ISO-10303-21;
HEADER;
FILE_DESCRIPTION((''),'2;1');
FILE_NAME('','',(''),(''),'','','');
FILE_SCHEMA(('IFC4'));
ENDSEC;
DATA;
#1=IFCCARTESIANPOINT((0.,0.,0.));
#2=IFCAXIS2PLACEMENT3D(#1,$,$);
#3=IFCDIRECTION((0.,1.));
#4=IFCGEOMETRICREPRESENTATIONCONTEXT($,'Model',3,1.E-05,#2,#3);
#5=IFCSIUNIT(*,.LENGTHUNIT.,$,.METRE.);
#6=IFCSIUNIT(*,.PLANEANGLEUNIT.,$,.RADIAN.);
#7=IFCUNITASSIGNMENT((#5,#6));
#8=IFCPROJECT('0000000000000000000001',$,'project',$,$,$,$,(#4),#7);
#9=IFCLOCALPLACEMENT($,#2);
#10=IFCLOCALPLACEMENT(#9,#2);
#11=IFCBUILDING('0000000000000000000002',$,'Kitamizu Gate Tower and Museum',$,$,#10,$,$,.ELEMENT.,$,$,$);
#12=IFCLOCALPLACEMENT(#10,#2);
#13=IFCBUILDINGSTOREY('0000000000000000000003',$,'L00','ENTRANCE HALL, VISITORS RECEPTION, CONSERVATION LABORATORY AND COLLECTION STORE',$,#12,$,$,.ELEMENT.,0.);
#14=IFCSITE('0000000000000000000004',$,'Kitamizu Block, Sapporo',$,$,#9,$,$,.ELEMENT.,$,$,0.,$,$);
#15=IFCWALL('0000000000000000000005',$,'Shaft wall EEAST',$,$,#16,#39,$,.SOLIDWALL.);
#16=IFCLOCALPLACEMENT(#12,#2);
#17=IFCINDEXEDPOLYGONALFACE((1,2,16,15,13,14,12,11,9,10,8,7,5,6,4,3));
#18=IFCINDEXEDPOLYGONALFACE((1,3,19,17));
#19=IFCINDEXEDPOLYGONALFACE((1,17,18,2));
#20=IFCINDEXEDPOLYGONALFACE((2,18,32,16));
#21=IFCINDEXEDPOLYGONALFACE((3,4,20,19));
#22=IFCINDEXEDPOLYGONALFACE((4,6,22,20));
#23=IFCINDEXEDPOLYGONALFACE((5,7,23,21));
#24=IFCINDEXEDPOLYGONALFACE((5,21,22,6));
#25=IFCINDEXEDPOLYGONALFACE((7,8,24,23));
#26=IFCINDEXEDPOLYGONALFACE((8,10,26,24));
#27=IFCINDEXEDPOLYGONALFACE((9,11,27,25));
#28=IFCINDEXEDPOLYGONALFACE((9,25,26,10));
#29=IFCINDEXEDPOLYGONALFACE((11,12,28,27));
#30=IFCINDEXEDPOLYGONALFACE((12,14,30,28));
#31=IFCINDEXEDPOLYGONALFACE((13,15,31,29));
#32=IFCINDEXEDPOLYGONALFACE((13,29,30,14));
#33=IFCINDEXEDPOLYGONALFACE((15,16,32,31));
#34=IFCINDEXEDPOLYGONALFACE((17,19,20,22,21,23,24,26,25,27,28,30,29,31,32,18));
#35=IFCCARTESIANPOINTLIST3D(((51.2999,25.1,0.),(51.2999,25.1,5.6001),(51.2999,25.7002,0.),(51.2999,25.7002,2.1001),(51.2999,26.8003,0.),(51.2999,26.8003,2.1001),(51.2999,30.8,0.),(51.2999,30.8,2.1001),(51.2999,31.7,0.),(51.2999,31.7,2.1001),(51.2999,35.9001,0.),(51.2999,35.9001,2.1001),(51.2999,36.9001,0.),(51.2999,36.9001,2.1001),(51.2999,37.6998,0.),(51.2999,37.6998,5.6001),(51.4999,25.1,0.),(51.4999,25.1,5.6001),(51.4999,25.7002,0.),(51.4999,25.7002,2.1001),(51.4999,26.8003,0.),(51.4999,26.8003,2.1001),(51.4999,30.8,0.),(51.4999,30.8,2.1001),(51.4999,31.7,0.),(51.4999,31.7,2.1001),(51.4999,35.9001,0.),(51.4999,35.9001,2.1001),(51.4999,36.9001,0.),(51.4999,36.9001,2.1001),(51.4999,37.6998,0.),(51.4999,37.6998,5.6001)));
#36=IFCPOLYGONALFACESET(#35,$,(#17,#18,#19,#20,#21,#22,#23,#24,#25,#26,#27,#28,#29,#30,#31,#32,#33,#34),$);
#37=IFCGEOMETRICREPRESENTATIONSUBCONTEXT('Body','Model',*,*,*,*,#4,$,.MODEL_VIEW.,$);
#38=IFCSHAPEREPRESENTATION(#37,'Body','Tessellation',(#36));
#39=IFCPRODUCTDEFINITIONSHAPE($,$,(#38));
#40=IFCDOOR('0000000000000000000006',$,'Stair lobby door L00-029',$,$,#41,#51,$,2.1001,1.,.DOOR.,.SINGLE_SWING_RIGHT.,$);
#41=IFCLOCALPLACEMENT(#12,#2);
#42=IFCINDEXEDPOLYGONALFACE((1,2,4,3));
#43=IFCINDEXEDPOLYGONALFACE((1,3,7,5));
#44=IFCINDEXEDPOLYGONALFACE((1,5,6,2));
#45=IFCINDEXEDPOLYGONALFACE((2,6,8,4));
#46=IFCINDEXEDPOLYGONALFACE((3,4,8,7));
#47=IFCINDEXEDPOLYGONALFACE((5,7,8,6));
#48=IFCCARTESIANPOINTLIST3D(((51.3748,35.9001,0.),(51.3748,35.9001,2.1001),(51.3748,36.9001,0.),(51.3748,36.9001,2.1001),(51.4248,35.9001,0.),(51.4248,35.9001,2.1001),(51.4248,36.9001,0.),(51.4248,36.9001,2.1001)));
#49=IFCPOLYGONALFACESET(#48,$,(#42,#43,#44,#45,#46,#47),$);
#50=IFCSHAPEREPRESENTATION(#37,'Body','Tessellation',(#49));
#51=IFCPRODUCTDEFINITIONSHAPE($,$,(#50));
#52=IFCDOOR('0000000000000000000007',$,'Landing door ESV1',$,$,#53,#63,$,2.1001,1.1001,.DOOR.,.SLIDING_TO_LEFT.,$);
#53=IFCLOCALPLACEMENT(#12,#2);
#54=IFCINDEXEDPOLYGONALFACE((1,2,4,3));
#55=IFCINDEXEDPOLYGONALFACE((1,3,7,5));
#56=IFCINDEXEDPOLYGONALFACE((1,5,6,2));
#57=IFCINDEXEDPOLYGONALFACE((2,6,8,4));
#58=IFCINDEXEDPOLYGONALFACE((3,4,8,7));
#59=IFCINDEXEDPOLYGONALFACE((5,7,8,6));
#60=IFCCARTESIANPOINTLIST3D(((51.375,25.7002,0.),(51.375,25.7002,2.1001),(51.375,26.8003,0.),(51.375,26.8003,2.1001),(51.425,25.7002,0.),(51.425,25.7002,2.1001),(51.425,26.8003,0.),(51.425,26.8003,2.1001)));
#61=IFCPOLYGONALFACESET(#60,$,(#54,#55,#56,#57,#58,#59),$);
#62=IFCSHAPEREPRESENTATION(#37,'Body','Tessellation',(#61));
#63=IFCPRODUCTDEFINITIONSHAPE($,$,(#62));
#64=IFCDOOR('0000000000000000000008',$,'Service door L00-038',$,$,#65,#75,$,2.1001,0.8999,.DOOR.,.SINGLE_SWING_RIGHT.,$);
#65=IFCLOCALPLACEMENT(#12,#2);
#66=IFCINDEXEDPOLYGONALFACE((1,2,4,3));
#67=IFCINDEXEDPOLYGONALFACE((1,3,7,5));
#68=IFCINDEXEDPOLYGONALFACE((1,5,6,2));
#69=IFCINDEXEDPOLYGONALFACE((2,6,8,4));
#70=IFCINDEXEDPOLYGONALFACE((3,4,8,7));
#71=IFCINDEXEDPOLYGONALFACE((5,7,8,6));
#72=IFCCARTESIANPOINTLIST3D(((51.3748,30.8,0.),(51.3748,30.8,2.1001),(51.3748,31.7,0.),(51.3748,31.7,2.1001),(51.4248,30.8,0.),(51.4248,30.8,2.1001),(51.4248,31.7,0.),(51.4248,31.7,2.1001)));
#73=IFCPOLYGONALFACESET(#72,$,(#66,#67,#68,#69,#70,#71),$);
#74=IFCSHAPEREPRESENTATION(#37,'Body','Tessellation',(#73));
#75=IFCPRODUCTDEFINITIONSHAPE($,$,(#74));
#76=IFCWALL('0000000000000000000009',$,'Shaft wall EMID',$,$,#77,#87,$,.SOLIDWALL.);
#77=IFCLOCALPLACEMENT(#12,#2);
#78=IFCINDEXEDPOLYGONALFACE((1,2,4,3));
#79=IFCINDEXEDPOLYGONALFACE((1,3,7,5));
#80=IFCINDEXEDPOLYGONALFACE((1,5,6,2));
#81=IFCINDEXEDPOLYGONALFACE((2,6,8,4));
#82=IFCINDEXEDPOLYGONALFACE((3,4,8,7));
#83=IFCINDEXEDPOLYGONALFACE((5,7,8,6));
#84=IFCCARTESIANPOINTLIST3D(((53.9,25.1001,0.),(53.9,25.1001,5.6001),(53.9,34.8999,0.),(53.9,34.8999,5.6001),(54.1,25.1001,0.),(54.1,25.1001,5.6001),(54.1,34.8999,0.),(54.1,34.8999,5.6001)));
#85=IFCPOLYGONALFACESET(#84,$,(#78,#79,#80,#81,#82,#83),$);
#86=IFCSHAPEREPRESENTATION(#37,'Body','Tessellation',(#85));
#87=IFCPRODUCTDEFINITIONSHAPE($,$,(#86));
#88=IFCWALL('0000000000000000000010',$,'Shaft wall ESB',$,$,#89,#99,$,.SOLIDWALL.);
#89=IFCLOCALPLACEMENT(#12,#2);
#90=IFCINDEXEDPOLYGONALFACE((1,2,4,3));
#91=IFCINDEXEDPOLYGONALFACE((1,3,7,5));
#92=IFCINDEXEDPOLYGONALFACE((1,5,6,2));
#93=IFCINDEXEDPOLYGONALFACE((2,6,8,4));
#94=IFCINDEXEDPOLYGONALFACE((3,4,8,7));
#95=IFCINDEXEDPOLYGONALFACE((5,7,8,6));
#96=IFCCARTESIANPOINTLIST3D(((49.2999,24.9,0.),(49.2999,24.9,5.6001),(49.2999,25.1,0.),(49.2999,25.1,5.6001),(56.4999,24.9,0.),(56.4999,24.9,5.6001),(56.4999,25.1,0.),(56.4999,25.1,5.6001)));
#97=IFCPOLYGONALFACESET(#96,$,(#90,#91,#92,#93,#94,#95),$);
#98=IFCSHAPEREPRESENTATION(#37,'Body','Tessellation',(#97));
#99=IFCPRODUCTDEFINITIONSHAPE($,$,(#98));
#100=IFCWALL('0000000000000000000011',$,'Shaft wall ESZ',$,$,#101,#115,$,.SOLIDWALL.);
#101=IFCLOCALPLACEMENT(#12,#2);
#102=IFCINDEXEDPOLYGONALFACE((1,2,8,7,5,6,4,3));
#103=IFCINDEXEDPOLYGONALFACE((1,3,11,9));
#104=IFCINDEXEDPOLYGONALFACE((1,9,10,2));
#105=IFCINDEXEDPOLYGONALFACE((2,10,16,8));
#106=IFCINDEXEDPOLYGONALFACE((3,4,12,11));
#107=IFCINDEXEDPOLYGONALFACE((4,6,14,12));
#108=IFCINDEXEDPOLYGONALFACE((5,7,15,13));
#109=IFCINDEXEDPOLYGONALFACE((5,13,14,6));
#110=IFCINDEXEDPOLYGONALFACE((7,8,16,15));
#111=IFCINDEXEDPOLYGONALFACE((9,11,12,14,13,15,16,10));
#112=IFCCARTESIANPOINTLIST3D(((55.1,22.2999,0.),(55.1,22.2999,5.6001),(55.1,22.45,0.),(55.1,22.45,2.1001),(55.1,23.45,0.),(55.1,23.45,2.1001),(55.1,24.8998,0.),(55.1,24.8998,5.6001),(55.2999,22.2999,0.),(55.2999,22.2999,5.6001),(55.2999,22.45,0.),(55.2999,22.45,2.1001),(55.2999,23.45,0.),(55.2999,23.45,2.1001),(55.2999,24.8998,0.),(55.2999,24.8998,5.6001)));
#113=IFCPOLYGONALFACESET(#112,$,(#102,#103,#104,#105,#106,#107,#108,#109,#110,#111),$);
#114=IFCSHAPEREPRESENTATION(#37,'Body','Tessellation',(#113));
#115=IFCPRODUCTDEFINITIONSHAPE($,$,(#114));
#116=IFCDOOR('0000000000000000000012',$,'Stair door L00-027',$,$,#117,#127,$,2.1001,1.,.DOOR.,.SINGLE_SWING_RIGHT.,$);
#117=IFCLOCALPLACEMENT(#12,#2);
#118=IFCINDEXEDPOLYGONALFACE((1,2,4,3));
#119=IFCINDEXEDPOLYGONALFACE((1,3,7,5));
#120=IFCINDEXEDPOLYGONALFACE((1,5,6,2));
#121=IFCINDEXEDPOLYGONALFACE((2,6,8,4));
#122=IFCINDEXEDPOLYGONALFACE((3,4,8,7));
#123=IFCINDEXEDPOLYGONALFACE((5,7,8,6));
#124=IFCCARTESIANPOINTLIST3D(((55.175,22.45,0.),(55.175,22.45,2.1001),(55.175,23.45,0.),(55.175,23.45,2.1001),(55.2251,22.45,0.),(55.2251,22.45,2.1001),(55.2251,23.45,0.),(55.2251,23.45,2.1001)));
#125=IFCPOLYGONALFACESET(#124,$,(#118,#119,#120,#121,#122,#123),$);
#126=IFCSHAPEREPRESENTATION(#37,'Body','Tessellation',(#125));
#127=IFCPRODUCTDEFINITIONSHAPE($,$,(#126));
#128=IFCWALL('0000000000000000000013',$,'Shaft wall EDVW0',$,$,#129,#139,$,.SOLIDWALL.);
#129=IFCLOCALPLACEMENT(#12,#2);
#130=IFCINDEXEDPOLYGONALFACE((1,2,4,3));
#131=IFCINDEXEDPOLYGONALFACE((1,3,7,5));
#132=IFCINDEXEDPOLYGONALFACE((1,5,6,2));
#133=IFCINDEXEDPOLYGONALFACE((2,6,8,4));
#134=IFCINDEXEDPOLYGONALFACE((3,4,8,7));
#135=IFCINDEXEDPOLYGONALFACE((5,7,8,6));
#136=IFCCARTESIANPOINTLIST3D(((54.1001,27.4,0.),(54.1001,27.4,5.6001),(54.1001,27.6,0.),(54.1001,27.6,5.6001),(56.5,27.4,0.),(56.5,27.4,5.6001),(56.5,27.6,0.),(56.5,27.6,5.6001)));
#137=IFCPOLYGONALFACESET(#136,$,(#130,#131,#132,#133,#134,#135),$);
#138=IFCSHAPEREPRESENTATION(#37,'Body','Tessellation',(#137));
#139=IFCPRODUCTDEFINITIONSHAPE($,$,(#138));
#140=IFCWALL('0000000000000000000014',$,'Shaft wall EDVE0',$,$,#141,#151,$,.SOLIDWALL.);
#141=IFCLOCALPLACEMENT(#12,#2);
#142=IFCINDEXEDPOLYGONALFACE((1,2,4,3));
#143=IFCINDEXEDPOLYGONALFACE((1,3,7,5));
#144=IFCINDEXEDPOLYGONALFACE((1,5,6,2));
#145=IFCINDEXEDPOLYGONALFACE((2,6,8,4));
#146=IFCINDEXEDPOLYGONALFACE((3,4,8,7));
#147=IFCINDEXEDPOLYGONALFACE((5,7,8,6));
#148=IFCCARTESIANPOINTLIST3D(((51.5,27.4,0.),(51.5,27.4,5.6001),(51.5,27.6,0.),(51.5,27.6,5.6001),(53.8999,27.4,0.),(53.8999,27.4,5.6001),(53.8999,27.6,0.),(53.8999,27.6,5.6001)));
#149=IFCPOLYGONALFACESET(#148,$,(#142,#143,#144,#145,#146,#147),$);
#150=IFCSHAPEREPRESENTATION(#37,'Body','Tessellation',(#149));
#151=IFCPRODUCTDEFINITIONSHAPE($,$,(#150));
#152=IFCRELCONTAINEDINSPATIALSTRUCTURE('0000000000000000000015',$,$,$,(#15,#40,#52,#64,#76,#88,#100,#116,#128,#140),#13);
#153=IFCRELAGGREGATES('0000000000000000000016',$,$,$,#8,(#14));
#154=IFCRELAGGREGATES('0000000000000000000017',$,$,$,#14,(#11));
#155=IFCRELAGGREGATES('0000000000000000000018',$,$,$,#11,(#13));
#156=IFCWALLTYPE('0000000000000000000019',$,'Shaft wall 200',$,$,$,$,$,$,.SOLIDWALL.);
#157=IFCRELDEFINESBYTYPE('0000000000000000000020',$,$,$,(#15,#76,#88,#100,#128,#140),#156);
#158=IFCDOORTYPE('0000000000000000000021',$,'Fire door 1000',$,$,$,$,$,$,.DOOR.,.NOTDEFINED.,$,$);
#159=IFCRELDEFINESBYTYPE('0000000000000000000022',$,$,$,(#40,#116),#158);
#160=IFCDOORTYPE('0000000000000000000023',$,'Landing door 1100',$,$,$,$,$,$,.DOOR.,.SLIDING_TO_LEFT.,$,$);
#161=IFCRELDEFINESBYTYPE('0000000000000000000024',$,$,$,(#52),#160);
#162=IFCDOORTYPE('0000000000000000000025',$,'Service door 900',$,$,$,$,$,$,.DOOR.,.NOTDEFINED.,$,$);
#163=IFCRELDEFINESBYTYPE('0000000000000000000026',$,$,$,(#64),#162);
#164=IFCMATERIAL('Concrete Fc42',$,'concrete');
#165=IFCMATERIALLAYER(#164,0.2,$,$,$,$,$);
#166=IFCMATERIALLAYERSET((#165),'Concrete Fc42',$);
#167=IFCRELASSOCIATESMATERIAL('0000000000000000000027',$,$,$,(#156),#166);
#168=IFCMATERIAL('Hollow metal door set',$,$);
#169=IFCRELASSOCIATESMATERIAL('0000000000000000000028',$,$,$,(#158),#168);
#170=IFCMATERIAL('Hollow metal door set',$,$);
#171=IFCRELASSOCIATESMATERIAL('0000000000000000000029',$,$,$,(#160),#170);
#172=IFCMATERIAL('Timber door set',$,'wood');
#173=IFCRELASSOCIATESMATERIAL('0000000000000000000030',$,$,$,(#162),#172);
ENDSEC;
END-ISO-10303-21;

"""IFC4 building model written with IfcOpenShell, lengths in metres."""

from ifc_helpers import new_model, si_unit, direction, frame, frame_2d, origin, place, context, subcontext, project, spatial, rectangle, extrude, material, layer, layer_set, type_object, element, fill, save


model = new_model("IFC4")

# Units and contexts
model_context = context("Model", 3, precision=1e-05, world=origin(), true_north=direction((0.0, 1.0)))
body_context = subcontext(model_context, "Body", "Model", "MODEL_VIEW")
ifc_project = project(units=[si_unit("LENGTHUNIT", "METRE"), si_unit("PLANEANGLEUNIT", "RADIAN")], contexts=[model_context])

# Site, building, storey
site_placement = place(None, origin())
site = spatial("IfcSite", under=ifc_project, at=site_placement, Name="Kitamizu Block, Sapporo", CompositionType="ELEMENT", RefElevation=0.0)
building_placement = place(site_placement, origin())
building = spatial("IfcBuilding", under=site, at=building_placement, Name="Kitamizu Gate Tower and Museum", CompositionType="ELEMENT")
storey_placement = place(building_placement, origin())
storey = spatial("IfcBuildingStorey", under=building, at=storey_placement, Name="L00", Description="ENTRANCE HALL, VISITORS RECEPTION, CONSERVATION LABORATORY AND COLLECTION STORE", CompositionType="ELEMENT", Elevation=0.0)

# Wall, openings, doors
ifc_material_1 = material(Name="Concrete Fc42", Category="concrete")
ifc_layer = layer(ifc_material_1, 0.2)
ifc_layer_set = layer_set([ifc_layer], Name="Concrete Fc42")
wall_type = type_object("IfcWallType", Name="Shaft wall 200", PredefinedType="SOLIDWALL", material=ifc_layer_set)
ifc_material_2 = material(Name="Hollow metal door set")
door_type_1 = type_object("IfcDoorType", Name="Fire door 1000", OperationType="NOTDEFINED", PredefinedType="DOOR", material=ifc_material_2)
ifc_material_3 = material(Name="Hollow metal door set")
door_type_2 = type_object("IfcDoorType", Name="Landing door 1100", OperationType="SLIDING_TO_LEFT", PredefinedType="DOOR", material=ifc_material_3)
wall_1_placement = place(storey_placement, frame((51.3999, 25.1001, 0.0), z_axis=(0.0, 0.0, 1.0), x_axis=(0.0, 1.0, 0.0)))
wall_1 = element("IfcWall", 1, at=wall_1_placement, inside=storey, type_object=wall_type, Name="Shaft wall EEAST", PredefinedType="SOLIDWALL", context=body_context, shape_type="SweptSolid", body=[
    extrude(rectangle(XDim=12.5999, YDim=0.2, at=frame_2d((6.2998, 0.0))), origin(), (0.0, 0.0, 1.0), 5.6001),
])
opening_1_placement = place(wall_1_placement, frame((0.6001, 0.0, 0.0)))
opening_1 = element("IfcOpeningElement", 2, at=opening_1_placement, cuts=wall_1, PredefinedType="OPENING", context=body_context, shape_type="SweptSolid", body=[
    extrude(rectangle(XDim=1.1001, YDim=2.1001, at=frame_2d((0.55, 1.05))), frame((0.0, 0.1099, 0.0), z_axis=(0.0, -1.0, 0.0), x_axis=(1.0, 0.0, 0.0)), (0.0, 0.0, 1.0), 0.22),
])
opening_2_placement = place(wall_1_placement, frame((10.8, 0.0, 0.0)))
opening_2 = element("IfcOpeningElement", 3, at=opening_2_placement, cuts=wall_1, PredefinedType="OPENING", context=body_context, shape_type="SweptSolid", body=[
    extrude(rectangle(XDim=1.0, YDim=2.1001, at=frame_2d((0.5, 1.05))), frame((0.0, 0.1099, 0.0), z_axis=(0.0, -1.0, 0.0), x_axis=(1.0, 0.0, 0.0)), (0.0, 0.0, 1.0), 0.22),
])
opening_3_placement = place(wall_1_placement, frame((5.7, 0.0, 0.0)))
opening_3 = element("IfcOpeningElement", 4, at=opening_3_placement, cuts=wall_1, PredefinedType="OPENING", context=body_context, shape_type="SweptSolid", body=[
    extrude(rectangle(XDim=0.8999, YDim=2.1001, at=frame_2d((0.45, 1.05))), frame((0.0, 0.1099, 0.0), z_axis=(0.0, -1.0, 0.0), x_axis=(1.0, 0.0, 0.0)), (0.0, 0.0, 1.0), 0.22),
])
door_1_placement = place(opening_2_placement, frame((1.0, 0.0, 0.0), x_axis=(-1.0, 0.0, 0.0)))
door_1 = element("IfcDoor", 5, at=door_1_placement, inside=storey, type_object=door_type_1, Name="Stair lobby door L00-029", OperationType="SINGLE_SWING_RIGHT", OverallHeight=2.1001, OverallWidth=1.0, PredefinedType="DOOR", context=body_context, shape_type="SweptSolid", body=[
    extrude(rectangle(XDim=1.0, YDim=2.1001, at=frame_2d((0.5, 1.05))), frame((0.0, 0.0249, 0.0), z_axis=(0.0, -1.0, 0.0), x_axis=(1.0, 0.0, 0.0)), (0.0, 0.0, 1.0), 0.05),
])
fill(opening_2, door_1)
door_2_placement = place(opening_1_placement, origin())
door_2 = element("IfcDoor", 6, at=door_2_placement, inside=storey, type_object=door_type_2, Name="Landing door ESV1", OperationType="SLIDING_TO_LEFT", OverallHeight=2.1001, OverallWidth=1.1001, PredefinedType="DOOR", context=body_context, shape_type="SweptSolid", body=[
    extrude(rectangle(XDim=1.1001, YDim=2.1001, at=frame_2d((0.55, 1.05))), frame((0.0, 0.0249, 0.0), z_axis=(0.0, -1.0, 0.0), x_axis=(1.0, 0.0, 0.0)), (0.0, 0.0, 1.0), 0.05),
])
fill(opening_1, door_2)
ifc_material_4 = material(Name="Timber door set", Category="wood")
door_type_3 = type_object("IfcDoorType", Name="Service door 900", OperationType="NOTDEFINED", PredefinedType="DOOR", material=ifc_material_4)
door_3_placement = place(opening_3_placement, frame((0.8999, 0.0, 0.0), x_axis=(-1.0, 0.0, 0.0)))
door_3 = element("IfcDoor", 7, at=door_3_placement, inside=storey, type_object=door_type_3, Name="Service door L00-038", OperationType="SINGLE_SWING_RIGHT", OverallHeight=2.1001, OverallWidth=0.8999, PredefinedType="DOOR", context=body_context, shape_type="SweptSolid", body=[
    extrude(rectangle(XDim=0.8999, YDim=2.1001, at=frame_2d((0.45, 1.05))), frame((0.0, 0.0249, 0.0), z_axis=(0.0, -1.0, 0.0), x_axis=(1.0, 0.0, 0.0)), (0.0, 0.0, 1.0), 0.05),
])
fill(opening_3, door_3)

# Walls
wall_2_placement = place(storey_placement, frame((54.0, 25.1001, 0.0), z_axis=(0.0, 0.0, 1.0), x_axis=(0.0, 1.0, 0.0)))
element("IfcWall", 8, at=wall_2_placement, inside=storey, type_object=wall_type, Name="Shaft wall EMID", PredefinedType="SOLIDWALL", context=body_context, shape_type="SweptSolid", body=[
    extrude(rectangle(XDim=9.7998, YDim=0.2, at=frame_2d((4.8999, 0.0))), origin(), (0.0, 0.0, 1.0), 5.6001),
])
wall_3_placement = place(storey_placement, frame((56.5, 25.0, 0.0), z_axis=(0.0, 0.0, 1.0), x_axis=(-1.0, 0.0, 0.0)))
element("IfcWall", 9, at=wall_3_placement, inside=storey, type_object=wall_type, Name="Shaft wall ESB", PredefinedType="SOLIDWALL", context=body_context, shape_type="SweptSolid", body=[
    extrude(rectangle(XDim=7.2, YDim=0.2, at=frame_2d((3.6001, 0.0))), origin(), (0.0, 0.0, 1.0), 5.6001),
])

# Wall, opening, door
wall_4_placement = place(storey_placement, frame((55.2, 22.3, 0.0), z_axis=(0.0, 0.0, 1.0), x_axis=(0.0, 1.0, 0.0)))
wall_4 = element("IfcWall", 10, at=wall_4_placement, inside=storey, type_object=wall_type, Name="Shaft wall ESZ", PredefinedType="SOLIDWALL", context=body_context, shape_type="SweptSolid", body=[
    extrude(rectangle(XDim=2.5999, YDim=0.2, at=frame_2d((1.2998, 0.0))), origin(), (0.0, 0.0, 1.0), 5.6001),
])
opening_4_placement = place(wall_4_placement, frame((0.1499, 0.0, 0.0)))
opening_4 = element("IfcOpeningElement", 11, at=opening_4_placement, cuts=wall_4, PredefinedType="OPENING", context=body_context, shape_type="SweptSolid", body=[
    extrude(rectangle(XDim=1.0, YDim=2.1001, at=frame_2d((0.5, 1.05))), frame((0.0, 0.1099, 0.0), z_axis=(0.0, -1.0, 0.0), x_axis=(1.0, 0.0, 0.0)), (0.0, 0.0, 1.0), 0.22),
])
door_4_placement = place(opening_4_placement, origin())
door_4 = element("IfcDoor", 12, at=door_4_placement, inside=storey, type_object=door_type_1, Name="Stair door L00-027", OperationType="SINGLE_SWING_RIGHT", OverallHeight=2.1001, OverallWidth=1.0, PredefinedType="DOOR", context=body_context, shape_type="SweptSolid", body=[
    extrude(rectangle(XDim=1.0, YDim=2.1001, at=frame_2d((0.5, 1.05))), frame((0.0, 0.0249, 0.0), z_axis=(0.0, -1.0, 0.0), x_axis=(1.0, 0.0, 0.0)), (0.0, 0.0, 1.0), 0.05),
])
fill(opening_4, door_4)

# Walls
for number, where, z_axis, x_axis, name in (
    (13, (56.5, 27.5, 0.0), (0.0, 0.0, 1.0), (-1.0, 0.0, 0.0), "Shaft wall EDVW0"),
    (14, (53.8999, 27.5, 0.0), (0.0, 0.0, 1.0), (-1.0, 0.0, 0.0), "Shaft wall EDVE0"),
):
    element("IfcWall", number, at=place(storey_placement, frame(where, z_axis=z_axis, x_axis=x_axis)), inside=storey, type_object=wall_type, Name=name, PredefinedType="SOLIDWALL", context=body_context, shape_type="SweptSolid", body=[
        extrude(rectangle(XDim=2.3999, YDim=0.2, at=frame_2d((1.2, 0.0))), origin(), (0.0, 0.0, 1.0), 5.6001),
    ])

save(model, "model.ifc")
